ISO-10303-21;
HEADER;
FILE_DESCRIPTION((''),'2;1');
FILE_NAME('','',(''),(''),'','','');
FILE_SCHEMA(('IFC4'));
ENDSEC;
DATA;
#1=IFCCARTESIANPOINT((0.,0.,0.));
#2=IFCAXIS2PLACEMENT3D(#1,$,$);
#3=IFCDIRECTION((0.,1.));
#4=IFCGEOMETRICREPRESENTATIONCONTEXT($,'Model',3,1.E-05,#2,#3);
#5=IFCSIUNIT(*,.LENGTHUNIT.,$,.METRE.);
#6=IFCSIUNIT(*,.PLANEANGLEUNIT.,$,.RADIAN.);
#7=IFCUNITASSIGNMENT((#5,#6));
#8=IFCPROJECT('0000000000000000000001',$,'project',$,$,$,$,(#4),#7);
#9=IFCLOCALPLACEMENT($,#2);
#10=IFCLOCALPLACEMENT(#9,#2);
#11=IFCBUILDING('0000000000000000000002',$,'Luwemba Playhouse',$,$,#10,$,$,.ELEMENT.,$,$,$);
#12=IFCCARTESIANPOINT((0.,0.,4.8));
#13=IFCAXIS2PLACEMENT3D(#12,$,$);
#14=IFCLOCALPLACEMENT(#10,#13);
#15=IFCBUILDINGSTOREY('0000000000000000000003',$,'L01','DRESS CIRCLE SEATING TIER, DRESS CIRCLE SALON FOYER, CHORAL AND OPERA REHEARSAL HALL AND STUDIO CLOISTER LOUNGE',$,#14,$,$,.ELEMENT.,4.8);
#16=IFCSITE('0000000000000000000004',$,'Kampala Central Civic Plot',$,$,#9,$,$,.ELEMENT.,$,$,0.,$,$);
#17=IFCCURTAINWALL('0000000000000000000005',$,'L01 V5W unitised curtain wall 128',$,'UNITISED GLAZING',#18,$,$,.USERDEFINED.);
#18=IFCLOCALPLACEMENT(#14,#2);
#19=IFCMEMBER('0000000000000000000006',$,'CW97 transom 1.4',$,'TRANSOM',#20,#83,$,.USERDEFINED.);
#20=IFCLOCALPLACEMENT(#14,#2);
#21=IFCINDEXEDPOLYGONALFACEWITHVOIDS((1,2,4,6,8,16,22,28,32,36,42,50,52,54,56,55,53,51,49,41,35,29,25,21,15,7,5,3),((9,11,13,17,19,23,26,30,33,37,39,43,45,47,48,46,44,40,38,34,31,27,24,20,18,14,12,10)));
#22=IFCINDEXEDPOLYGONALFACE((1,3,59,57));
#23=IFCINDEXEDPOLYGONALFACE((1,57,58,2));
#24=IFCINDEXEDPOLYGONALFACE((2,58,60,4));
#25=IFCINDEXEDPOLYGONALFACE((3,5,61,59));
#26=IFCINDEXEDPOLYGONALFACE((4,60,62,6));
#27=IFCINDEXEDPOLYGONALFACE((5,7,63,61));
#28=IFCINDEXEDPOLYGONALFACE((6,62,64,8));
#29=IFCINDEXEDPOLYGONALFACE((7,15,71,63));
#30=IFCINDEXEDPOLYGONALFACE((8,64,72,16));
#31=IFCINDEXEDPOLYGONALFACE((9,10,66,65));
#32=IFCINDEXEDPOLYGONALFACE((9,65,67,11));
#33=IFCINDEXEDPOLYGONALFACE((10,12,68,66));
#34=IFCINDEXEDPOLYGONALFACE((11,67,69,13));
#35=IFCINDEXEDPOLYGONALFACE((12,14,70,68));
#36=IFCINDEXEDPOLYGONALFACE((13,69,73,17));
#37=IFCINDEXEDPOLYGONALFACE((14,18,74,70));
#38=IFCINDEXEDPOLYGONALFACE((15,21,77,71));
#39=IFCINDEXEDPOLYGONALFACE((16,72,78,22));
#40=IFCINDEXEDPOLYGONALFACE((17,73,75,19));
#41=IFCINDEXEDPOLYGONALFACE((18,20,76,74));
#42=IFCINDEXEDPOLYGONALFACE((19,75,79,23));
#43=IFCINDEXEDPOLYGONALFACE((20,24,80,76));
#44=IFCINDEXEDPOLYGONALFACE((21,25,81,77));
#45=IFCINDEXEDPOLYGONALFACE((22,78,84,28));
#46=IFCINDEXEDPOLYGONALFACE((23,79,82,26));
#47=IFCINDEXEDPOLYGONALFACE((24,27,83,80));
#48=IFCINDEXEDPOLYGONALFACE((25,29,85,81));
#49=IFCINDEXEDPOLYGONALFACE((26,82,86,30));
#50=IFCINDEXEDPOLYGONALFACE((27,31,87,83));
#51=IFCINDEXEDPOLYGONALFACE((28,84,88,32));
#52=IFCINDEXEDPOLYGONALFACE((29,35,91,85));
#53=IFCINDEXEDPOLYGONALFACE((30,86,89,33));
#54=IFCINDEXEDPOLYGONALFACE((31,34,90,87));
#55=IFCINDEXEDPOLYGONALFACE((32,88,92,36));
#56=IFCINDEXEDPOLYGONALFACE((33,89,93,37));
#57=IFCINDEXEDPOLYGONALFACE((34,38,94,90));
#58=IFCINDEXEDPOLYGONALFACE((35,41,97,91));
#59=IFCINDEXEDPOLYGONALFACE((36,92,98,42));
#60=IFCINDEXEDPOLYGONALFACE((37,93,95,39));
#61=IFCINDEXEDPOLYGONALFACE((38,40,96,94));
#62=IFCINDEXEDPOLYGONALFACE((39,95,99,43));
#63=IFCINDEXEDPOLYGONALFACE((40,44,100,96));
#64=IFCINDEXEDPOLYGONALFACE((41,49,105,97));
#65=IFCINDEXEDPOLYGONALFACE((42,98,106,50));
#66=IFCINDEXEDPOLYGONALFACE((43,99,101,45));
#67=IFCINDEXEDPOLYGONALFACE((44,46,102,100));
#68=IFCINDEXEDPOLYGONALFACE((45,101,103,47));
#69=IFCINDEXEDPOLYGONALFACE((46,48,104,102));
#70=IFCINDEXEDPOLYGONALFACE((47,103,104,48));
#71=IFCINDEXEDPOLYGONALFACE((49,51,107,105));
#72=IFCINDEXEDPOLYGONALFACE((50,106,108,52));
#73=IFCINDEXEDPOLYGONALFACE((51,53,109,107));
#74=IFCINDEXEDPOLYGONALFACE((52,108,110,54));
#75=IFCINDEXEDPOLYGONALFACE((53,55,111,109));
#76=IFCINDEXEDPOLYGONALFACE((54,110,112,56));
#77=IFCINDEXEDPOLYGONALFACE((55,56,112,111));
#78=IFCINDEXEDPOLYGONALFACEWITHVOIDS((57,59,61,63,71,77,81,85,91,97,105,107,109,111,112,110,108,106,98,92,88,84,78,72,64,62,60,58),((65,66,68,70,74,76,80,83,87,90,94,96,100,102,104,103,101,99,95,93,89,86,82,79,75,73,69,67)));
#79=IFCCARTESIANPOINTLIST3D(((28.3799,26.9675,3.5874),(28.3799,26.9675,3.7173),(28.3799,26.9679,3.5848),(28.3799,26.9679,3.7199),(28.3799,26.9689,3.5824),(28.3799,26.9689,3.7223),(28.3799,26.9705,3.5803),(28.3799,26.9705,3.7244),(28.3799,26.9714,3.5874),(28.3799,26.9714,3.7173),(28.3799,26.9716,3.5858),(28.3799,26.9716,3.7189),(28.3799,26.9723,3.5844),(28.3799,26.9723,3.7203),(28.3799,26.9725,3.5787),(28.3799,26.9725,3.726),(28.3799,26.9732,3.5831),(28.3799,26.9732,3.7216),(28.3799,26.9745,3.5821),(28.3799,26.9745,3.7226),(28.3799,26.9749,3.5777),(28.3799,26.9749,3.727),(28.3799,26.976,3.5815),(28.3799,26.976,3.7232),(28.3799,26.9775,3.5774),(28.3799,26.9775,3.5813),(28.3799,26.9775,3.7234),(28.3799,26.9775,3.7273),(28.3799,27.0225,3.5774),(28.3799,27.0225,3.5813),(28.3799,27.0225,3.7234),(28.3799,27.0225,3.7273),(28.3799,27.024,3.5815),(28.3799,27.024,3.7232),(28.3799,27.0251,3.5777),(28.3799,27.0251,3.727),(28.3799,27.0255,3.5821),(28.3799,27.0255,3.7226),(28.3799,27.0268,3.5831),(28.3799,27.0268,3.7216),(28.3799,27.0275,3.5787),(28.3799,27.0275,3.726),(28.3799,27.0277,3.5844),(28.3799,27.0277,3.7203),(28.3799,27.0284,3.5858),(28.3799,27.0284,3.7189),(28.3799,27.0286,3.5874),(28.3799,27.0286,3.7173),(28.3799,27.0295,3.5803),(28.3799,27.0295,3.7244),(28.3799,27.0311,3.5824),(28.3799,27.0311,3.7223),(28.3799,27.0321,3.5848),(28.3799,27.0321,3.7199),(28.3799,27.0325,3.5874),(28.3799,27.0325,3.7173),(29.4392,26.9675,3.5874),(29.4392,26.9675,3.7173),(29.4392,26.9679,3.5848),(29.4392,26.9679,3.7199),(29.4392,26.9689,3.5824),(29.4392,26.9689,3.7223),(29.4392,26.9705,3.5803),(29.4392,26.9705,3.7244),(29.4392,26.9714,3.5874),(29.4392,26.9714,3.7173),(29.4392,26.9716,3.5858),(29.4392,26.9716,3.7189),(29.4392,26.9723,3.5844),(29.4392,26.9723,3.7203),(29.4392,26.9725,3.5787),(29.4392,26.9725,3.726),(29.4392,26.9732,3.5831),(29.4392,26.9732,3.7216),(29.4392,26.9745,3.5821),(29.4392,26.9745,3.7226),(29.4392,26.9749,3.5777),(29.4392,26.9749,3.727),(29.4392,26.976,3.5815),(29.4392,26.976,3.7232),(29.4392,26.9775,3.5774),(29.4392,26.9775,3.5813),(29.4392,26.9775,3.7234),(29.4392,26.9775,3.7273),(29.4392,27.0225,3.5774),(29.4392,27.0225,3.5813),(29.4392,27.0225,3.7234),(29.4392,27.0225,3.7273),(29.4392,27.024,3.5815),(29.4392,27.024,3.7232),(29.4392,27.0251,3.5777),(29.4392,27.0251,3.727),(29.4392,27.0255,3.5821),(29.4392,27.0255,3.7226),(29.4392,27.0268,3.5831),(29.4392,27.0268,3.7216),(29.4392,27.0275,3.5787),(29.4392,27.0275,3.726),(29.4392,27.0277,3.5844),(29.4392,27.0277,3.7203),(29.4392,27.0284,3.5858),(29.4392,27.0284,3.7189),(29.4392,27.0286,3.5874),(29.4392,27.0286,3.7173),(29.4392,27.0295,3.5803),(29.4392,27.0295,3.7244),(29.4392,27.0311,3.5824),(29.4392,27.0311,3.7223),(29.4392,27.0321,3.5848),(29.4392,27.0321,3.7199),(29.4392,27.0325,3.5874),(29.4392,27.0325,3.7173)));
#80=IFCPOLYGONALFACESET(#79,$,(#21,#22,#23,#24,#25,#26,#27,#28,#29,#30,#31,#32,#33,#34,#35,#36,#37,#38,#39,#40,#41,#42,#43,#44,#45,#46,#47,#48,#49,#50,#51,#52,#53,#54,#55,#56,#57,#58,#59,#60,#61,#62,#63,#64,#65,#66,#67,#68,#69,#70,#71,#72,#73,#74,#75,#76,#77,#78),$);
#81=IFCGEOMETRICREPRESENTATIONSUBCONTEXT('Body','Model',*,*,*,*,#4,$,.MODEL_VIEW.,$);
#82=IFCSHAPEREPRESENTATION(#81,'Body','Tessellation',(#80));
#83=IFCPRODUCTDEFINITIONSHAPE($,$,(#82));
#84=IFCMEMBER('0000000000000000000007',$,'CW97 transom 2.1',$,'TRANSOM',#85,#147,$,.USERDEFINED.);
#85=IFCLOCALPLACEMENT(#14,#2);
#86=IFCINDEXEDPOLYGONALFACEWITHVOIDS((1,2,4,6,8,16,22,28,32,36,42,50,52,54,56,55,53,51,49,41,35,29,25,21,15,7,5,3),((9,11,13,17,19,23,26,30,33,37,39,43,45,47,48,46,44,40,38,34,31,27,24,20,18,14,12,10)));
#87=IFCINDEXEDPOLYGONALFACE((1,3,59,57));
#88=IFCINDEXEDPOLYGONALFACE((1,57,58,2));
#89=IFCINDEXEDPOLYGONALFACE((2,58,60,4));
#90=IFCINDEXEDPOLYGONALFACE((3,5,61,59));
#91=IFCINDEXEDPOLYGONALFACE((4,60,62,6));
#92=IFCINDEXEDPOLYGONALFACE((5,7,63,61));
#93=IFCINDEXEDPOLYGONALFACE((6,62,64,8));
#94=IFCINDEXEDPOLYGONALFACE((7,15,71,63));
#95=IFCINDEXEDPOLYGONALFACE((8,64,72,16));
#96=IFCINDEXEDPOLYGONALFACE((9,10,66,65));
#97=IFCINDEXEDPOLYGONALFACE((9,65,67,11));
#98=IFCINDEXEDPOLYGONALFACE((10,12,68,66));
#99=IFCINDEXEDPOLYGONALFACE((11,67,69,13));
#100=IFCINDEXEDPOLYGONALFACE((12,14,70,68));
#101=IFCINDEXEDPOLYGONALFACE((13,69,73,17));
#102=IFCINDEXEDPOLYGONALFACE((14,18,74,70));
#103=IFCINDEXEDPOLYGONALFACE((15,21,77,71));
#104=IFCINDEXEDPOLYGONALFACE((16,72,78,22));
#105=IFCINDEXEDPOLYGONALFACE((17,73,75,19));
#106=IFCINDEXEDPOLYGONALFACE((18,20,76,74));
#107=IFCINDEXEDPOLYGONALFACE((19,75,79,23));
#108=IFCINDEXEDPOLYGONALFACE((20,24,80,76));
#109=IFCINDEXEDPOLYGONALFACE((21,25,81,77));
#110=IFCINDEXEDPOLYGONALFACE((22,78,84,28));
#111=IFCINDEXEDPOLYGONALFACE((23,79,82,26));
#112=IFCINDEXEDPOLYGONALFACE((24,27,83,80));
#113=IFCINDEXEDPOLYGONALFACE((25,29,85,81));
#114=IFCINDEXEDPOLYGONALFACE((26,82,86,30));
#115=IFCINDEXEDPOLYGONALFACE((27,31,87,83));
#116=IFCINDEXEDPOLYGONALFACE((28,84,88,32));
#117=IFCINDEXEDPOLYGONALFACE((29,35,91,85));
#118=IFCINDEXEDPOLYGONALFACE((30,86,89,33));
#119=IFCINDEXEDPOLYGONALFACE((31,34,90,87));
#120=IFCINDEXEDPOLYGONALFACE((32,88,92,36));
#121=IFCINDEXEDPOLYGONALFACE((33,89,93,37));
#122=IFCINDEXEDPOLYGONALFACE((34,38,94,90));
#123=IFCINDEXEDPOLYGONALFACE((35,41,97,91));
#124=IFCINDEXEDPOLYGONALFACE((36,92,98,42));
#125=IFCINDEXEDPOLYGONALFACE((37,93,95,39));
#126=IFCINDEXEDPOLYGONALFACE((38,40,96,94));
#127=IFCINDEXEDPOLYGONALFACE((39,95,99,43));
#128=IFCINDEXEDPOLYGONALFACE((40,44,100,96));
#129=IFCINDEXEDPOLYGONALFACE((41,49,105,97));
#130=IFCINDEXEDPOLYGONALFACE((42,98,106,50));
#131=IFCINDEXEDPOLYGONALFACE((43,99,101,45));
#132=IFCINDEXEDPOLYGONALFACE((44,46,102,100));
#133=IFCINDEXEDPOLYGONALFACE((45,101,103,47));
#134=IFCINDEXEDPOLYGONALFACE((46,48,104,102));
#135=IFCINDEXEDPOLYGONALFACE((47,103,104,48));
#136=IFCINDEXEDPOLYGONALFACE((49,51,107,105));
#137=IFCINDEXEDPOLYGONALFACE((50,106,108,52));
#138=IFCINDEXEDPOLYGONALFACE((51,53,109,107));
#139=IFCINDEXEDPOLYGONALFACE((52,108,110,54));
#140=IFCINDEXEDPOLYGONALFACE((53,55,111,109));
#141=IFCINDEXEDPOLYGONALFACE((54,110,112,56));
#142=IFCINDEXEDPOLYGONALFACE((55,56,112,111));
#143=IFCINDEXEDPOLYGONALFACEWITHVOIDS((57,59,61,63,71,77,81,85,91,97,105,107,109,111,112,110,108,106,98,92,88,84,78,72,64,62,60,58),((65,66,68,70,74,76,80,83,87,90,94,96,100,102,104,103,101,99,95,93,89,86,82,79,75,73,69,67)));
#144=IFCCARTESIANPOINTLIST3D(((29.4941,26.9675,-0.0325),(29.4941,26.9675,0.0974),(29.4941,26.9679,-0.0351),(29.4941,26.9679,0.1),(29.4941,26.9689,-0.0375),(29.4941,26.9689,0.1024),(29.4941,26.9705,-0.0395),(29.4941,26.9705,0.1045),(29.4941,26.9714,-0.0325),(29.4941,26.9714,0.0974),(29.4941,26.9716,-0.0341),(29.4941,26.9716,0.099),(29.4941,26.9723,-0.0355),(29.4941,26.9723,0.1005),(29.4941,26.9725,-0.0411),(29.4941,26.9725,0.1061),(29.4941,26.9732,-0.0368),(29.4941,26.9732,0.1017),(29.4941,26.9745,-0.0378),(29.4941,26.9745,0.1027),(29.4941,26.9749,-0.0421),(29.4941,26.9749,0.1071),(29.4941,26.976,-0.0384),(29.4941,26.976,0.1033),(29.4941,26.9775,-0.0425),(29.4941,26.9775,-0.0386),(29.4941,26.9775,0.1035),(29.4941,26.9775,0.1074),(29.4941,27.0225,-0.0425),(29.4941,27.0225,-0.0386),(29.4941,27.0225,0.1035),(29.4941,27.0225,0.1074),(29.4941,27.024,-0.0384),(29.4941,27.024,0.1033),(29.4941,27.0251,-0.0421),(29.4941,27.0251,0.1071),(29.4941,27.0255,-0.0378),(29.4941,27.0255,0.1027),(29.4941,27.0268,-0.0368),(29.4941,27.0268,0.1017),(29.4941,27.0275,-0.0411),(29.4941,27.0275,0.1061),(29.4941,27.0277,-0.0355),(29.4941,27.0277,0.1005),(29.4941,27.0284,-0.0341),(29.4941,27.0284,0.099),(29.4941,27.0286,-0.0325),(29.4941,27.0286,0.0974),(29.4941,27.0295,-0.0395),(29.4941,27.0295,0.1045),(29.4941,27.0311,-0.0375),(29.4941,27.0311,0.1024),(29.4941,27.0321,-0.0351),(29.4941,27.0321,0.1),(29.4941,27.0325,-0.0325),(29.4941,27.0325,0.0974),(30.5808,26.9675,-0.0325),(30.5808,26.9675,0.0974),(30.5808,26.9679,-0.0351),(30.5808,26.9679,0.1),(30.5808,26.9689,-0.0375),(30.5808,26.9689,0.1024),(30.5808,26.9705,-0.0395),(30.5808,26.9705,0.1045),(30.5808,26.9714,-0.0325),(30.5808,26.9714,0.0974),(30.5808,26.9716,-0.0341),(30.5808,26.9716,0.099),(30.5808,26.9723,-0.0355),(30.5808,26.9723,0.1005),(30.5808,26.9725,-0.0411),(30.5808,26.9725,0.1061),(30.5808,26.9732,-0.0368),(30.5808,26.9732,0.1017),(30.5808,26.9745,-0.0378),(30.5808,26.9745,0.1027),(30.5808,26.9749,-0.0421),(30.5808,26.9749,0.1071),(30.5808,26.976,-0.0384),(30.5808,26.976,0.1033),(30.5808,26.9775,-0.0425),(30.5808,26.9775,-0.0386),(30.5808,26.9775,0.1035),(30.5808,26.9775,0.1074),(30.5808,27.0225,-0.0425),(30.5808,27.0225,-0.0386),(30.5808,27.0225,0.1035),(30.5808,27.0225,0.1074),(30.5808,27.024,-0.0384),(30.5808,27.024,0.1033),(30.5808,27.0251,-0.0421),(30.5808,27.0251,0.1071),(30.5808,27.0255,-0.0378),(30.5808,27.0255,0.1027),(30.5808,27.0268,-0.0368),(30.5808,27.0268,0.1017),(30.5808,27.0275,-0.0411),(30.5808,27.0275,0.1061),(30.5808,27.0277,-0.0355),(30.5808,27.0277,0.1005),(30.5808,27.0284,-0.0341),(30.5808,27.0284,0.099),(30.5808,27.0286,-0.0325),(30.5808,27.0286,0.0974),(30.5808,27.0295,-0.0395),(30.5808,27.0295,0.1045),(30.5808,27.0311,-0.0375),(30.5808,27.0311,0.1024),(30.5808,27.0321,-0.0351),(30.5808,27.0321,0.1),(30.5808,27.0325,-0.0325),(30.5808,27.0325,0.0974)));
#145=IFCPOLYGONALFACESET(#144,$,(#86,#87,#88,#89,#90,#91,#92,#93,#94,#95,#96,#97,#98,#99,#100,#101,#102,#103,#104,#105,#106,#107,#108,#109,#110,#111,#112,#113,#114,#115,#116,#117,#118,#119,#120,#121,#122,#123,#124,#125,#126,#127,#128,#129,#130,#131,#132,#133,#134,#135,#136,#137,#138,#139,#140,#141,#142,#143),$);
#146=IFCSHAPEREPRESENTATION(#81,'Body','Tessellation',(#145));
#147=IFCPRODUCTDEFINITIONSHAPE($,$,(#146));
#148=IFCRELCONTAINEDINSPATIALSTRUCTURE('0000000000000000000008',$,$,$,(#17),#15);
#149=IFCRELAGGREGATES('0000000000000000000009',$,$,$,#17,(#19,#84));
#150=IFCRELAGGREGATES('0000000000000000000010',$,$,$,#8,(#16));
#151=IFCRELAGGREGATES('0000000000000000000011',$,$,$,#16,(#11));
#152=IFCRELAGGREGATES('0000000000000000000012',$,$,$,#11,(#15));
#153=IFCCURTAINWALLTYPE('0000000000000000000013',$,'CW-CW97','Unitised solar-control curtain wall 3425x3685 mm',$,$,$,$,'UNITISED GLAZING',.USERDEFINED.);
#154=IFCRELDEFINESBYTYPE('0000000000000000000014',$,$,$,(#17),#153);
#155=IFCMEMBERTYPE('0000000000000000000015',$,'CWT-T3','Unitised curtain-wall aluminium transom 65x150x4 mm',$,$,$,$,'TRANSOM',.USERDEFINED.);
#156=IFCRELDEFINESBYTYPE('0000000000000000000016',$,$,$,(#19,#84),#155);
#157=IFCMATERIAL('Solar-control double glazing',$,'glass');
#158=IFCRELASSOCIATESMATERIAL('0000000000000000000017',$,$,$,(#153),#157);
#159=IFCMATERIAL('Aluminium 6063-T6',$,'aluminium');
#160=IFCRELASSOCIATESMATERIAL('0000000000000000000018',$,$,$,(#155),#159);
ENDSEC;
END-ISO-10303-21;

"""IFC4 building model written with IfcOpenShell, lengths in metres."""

from ifc_helpers import new_model, si_unit, direction, frame, origin, origin_2d, place, context, subcontext, project, spatial, hollow_rectangle, extrude, material, material_profile, profile_set, type_object, element, aggregate, save


model = new_model("IFC4")

# Units and contexts
model_context = context("Model", 3, precision=1e-05, world=origin(), true_north=direction((0.0, 1.0)))
body_context = subcontext(model_context, "Body", "Model", "MODEL_VIEW")
ifc_project = project(units=[si_unit("LENGTHUNIT", "METRE"), si_unit("PLANEANGLEUNIT", "RADIAN")], contexts=[model_context])

# Site, building, storey
site_placement = place(None, origin())
site = spatial("IfcSite", under=ifc_project, at=site_placement, Name="Kampala Central Civic Plot", CompositionType="ELEMENT", RefElevation=0.0)
building_placement = place(site_placement, origin())
building = spatial("IfcBuilding", under=site, at=building_placement, Name="Luwemba Playhouse", CompositionType="ELEMENT")
storey_placement = place(building_placement, frame((0.0, 0.0, 4.8)))
storey = spatial("IfcBuildingStorey", under=building, at=storey_placement, Name="L01", Description="DRESS CIRCLE SEATING TIER, DRESS CIRCLE SALON FOYER, CHORAL AND OPERA REHEARSAL HALL AND STUDIO CLOISTER LOUNGE", CompositionType="ELEMENT", Elevation=4.8)

# Curtain wall
ifc_material_1 = material(Name="Solar-control double glazing", Category="glass")
curtain_wall_type_1 = type_object("IfcCurtainWallType", Name="CW-CW97", Description="Unitised solar-control curtain wall 3425x3685 mm", ElementType="UNITISED GLAZING", PredefinedType="USERDEFINED", material=ifc_material_1)
curtain_wall_1_placement = place(storey_placement, origin())
curtain_wall_1 = element("IfcCurtainWall", 1, at=curtain_wall_1_placement, inside=storey, type_object=curtain_wall_type_1, Name="L01 V5W unitised curtain wall 128", ObjectType="UNITISED GLAZING", PredefinedType="USERDEFINED")
ifc_material_2 = material(Name="Aluminium 6063-T6", Category="aluminium")

# Members
ifc_material_profile_1 = material_profile(ifc_material_2, hollow_rectangle(XDim=0.0649, YDim=0.1499, WallThickness=0.0039, InnerFilletRadius=0.0061, OuterFilletRadius=0.01, at=origin_2d()))
ifc_profile_set_1 = profile_set([ifc_material_profile_1], Name="Aluminium 6063-T6")
member_type_1 = type_object("IfcMemberType", Name="CWT-T3", Description="Unitised curtain-wall aluminium transom 65x150x4 mm", ElementType="TRANSOM", PredefinedType="USERDEFINED", material=ifc_profile_set_1)
member_1_placement = place(storey_placement, frame((28.3799, 27.0, 3.6523), z_axis=(1.0, 0.0, 0.0), x_axis=(0.0, 1.0, 0.0)))
member_1 = element("IfcMember", 2, at=member_1_placement, type_object=member_type_1, Name="CW97 transom 1.4", ObjectType="TRANSOM", PredefinedType="USERDEFINED", context=body_context, shape_type="SweptSolid", body=[
    extrude(hollow_rectangle(XDim=0.0649, YDim=0.1499, WallThickness=0.0039, InnerFilletRadius=0.0061, OuterFilletRadius=0.01, at=origin_2d()), origin(), (0.0, 0.0, 1.0), 1.0593),
])
member_2_placement = place(storey_placement, frame((29.4941, 27.0, 0.0325), z_axis=(1.0, 0.0, 0.0), x_axis=(0.0, 1.0, 0.0)))
member_2 = element("IfcMember", 3, at=member_2_placement, type_object=member_type_1, Name="CW97 transom 2.1", ObjectType="TRANSOM", PredefinedType="USERDEFINED", context=body_context, shape_type="SweptSolid", body=[
    extrude(hollow_rectangle(XDim=0.0649, YDim=0.1499, WallThickness=0.0039, InnerFilletRadius=0.0061, OuterFilletRadius=0.01, at=origin_2d()), origin(), (0.0, 0.0, 1.0), 1.0867),
])

aggregate(curtain_wall_1, [member_1, member_2])

save(model, "model.ifc")
